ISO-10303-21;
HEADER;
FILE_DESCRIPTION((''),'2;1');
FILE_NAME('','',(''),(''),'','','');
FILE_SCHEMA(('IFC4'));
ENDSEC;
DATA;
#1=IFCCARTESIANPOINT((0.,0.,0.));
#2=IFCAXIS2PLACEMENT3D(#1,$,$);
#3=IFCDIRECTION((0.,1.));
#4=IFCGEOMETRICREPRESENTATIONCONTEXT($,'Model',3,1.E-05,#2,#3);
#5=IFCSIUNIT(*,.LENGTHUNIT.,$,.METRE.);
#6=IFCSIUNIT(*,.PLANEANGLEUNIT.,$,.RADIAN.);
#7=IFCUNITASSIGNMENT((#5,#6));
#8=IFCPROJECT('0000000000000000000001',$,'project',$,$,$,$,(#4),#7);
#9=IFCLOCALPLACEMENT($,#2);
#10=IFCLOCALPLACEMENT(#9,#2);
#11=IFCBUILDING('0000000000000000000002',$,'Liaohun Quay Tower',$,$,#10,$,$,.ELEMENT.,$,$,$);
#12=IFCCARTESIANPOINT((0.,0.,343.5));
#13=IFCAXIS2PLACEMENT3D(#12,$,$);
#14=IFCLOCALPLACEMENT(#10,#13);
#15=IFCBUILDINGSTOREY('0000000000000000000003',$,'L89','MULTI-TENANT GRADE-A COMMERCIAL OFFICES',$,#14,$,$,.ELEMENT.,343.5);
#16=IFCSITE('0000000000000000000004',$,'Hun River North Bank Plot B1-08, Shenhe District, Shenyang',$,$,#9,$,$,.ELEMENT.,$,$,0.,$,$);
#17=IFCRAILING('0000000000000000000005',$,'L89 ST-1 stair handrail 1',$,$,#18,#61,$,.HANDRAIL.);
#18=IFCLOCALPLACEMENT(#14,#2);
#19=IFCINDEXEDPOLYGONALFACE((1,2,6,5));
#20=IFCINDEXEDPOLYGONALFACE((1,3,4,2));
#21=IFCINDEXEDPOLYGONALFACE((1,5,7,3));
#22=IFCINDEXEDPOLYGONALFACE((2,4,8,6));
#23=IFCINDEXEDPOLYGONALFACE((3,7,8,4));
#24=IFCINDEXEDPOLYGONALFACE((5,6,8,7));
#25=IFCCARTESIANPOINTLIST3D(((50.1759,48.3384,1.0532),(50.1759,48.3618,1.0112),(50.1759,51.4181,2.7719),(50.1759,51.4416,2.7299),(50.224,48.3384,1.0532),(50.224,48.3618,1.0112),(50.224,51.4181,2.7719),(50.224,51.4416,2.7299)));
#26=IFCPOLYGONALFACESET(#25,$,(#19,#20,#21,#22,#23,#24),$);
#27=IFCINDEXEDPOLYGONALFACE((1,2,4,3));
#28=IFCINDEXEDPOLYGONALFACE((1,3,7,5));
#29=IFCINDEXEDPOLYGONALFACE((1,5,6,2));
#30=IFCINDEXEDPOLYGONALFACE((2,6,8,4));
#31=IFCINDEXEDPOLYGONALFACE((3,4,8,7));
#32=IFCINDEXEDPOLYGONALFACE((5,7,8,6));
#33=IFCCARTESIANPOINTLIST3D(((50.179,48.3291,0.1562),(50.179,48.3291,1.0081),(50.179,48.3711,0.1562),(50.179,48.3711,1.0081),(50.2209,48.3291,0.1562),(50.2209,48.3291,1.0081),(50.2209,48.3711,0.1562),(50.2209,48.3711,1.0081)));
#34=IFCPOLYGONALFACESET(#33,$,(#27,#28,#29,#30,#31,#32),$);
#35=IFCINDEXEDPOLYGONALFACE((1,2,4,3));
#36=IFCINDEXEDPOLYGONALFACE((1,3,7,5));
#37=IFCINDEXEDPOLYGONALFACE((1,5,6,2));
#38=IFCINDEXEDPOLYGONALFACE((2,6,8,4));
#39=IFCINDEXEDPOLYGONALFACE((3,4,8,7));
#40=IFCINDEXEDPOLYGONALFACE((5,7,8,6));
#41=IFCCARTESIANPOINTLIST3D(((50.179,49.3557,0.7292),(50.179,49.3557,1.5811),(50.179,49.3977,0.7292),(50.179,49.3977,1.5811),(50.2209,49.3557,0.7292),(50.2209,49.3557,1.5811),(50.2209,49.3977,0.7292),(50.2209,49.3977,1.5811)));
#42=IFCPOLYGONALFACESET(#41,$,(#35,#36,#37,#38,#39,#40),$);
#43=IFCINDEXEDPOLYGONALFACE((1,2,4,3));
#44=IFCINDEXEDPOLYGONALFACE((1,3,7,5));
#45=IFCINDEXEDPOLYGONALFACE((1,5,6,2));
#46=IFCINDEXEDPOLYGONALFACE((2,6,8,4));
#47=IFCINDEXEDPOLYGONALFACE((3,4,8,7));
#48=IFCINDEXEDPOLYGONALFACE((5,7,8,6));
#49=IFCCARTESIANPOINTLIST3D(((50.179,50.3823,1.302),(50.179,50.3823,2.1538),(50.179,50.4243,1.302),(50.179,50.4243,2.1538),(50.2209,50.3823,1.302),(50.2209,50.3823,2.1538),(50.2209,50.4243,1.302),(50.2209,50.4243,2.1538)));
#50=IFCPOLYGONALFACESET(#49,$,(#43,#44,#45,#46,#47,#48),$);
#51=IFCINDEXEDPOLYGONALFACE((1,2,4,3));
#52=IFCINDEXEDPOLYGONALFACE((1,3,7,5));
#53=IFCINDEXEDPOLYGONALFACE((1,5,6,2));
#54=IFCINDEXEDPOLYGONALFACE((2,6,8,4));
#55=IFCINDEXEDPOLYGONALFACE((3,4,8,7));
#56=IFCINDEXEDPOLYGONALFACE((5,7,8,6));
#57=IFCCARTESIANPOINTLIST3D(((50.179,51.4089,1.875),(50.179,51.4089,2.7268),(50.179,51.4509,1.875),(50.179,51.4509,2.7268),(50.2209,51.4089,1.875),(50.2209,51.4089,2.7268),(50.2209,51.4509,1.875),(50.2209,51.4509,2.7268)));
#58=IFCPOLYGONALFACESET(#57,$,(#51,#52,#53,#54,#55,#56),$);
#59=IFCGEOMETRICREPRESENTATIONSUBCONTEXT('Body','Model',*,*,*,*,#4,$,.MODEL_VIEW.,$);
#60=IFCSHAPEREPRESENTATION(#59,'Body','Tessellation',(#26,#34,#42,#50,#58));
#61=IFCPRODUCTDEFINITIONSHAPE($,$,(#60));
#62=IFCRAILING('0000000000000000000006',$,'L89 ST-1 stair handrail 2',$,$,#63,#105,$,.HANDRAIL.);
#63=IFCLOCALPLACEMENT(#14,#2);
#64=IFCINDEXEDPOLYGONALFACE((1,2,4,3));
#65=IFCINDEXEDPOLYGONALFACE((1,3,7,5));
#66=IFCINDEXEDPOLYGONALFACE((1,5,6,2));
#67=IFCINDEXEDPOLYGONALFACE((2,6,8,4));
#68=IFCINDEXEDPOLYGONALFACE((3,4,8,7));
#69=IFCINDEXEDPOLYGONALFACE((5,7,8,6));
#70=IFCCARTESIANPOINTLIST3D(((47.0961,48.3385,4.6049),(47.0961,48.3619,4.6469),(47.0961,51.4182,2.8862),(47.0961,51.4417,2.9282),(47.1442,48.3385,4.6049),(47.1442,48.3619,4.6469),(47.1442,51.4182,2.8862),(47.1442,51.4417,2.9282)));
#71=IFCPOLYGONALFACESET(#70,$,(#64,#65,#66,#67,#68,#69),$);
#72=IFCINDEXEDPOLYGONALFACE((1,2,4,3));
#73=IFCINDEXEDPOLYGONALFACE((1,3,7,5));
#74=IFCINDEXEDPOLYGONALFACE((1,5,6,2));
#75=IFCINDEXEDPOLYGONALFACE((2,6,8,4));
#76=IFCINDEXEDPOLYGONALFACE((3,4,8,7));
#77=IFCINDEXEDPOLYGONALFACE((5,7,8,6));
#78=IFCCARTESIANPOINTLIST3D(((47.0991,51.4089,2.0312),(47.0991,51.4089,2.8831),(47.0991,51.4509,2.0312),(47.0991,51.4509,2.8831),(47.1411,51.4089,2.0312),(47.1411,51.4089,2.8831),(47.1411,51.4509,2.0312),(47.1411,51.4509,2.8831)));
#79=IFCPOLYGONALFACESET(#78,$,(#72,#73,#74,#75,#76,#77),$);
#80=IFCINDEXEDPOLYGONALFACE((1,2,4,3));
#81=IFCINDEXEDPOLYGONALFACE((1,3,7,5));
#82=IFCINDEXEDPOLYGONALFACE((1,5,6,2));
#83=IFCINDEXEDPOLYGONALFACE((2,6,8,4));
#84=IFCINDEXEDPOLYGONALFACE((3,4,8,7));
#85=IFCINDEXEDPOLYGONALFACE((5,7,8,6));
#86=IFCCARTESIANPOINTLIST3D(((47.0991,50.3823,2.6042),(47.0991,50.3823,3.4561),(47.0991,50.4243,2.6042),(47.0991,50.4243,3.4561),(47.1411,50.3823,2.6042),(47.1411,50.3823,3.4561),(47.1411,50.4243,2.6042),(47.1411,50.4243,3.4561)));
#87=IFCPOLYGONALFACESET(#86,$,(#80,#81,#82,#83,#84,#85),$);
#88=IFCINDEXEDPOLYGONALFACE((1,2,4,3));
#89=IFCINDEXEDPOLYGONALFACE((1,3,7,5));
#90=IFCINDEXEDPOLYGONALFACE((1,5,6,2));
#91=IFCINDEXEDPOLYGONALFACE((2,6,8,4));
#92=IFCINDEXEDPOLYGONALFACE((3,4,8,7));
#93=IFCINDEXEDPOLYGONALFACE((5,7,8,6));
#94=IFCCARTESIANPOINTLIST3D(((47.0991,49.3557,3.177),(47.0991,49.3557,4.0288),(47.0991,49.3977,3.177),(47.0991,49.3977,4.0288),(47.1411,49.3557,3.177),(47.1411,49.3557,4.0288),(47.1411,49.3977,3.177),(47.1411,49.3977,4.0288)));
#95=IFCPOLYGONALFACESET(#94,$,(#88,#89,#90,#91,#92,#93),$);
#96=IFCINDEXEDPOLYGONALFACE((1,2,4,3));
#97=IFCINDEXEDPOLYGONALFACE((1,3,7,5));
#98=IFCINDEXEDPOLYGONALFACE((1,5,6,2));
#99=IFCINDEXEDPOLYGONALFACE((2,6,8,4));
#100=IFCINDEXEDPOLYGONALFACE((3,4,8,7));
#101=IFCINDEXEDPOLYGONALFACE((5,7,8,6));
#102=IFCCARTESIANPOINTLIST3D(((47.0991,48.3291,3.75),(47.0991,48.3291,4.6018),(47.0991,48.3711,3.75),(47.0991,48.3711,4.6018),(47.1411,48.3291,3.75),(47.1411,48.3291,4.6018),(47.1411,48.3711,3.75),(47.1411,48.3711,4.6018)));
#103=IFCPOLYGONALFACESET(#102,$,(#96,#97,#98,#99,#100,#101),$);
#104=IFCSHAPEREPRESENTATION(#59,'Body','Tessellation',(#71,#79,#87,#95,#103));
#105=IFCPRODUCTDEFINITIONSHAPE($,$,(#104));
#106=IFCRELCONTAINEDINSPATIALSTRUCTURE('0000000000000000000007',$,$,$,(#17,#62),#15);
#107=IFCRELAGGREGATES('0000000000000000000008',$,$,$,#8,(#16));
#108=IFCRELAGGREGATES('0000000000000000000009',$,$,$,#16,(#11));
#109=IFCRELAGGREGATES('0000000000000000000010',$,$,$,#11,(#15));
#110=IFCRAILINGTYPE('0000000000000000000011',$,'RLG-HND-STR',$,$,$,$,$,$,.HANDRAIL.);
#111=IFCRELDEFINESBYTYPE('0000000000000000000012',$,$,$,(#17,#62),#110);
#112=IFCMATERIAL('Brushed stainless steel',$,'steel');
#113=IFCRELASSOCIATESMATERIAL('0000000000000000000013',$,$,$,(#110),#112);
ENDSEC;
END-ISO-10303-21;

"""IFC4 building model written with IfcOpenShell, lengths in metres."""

from ifc_helpers import new_model, si_unit, direction, frame, origin, origin_2d, place, context, subcontext, project, spatial, rectangle, extrude, material, type_object, element, save


model = new_model("IFC4")

# Units and contexts
model_context = context("Model", 3, precision=1e-05, world=origin(), true_north=direction((0.0, 1.0)))
body_context = subcontext(model_context, "Body", "Model", "MODEL_VIEW")
ifc_project = project(units=[si_unit("LENGTHUNIT", "METRE"), si_unit("PLANEANGLEUNIT", "RADIAN")], contexts=[model_context])

# Site, building, storey
site_placement = place(None, origin())
site = spatial("IfcSite", under=ifc_project, at=site_placement, Name="Hun River North Bank Plot B1-08, Shenhe District, Shenyang", CompositionType="ELEMENT", RefElevation=0.0)
building_placement = place(site_placement, origin())
building = spatial("IfcBuilding", under=site, at=building_placement, Name="Liaohun Quay Tower", CompositionType="ELEMENT")
storey_placement = place(building_placement, frame((0.0, 0.0, 343.5)))
storey = spatial("IfcBuildingStorey", under=building, at=storey_placement, Name="L89", Description="MULTI-TENANT GRADE-A COMMERCIAL OFFICES", CompositionType="ELEMENT", Elevation=343.5)

# Railings
ifc_material_1 = material(Name="Brushed stainless steel", Category="steel")
railing_type_1 = type_object("IfcRailingType", Name="RLG-HND-STR", PredefinedType="HANDRAIL", material=ifc_material_1)
railing_1_placement = place(storey_placement, frame((50.2, 48.3501, 0.1562)))
element("IfcRailing", 1, at=railing_1_placement, inside=storey, type_object=railing_type_1, Name="L89 ST-1 stair handrail 1", PredefinedType="HANDRAIL", context=body_context, shape_type="SweptSolid", body=[
    extrude(rectangle(XDim=0.0481, YDim=0.0481, at=origin_2d()), frame((0.0, 0.0, 0.876), z_axis=(0.0, 0.873225, 0.487317), x_axis=(-1.0, 0.0, 0.0)), (0.0, 0.0, 1.0), 3.5269),
    extrude(rectangle(XDim=0.042, YDim=0.042, at=origin_2d()), origin(), (0.0, 0.0, 1.0), 0.8518),
    extrude(rectangle(XDim=0.042, YDim=0.042, at=origin_2d()), frame((0.0, 1.0266, 0.573)), (0.0, 0.0, 1.0), 0.8518),
    extrude(rectangle(XDim=0.042, YDim=0.042, at=origin_2d()), frame((0.0, 2.0532, 1.1458)), (0.0, 0.0, 1.0), 0.8518),
    extrude(rectangle(XDim=0.042, YDim=0.042, at=origin_2d()), frame((0.0, 3.0798, 1.7188)), (0.0, 0.0, 1.0), 0.8518),
])
railing_2_placement = place(storey_placement, frame((47.1201, 51.4299, 2.0312)))
element("IfcRailing", 2, at=railing_2_placement, inside=storey, type_object=railing_type_1, Name="L89 ST-1 stair handrail 2", PredefinedType="HANDRAIL", context=body_context, shape_type="SweptSolid", body=[
    extrude(rectangle(XDim=0.0481, YDim=0.0481, at=origin_2d()), frame((0.0, 0.0, 0.876), z_axis=(0.0, -0.873225, 0.487317), x_axis=(1.0, 0.0, 0.0)), (0.0, 0.0, 1.0), 3.5269),
    extrude(rectangle(XDim=0.042, YDim=0.042, at=origin_2d()), origin(), (0.0, 0.0, 1.0), 0.8518),
    extrude(rectangle(XDim=0.042, YDim=0.042, at=origin_2d()), frame((0.0, -1.0266, 0.573)), (0.0, 0.0, 1.0), 0.8518),
    extrude(rectangle(XDim=0.042, YDim=0.042, at=origin_2d()), frame((0.0, -2.0532, 1.1458)), (0.0, 0.0, 1.0), 0.8518),
    extrude(rectangle(XDim=0.042, YDim=0.042, at=origin_2d()), frame((0.0, -3.0798, 1.7188)), (0.0, 0.0, 1.0), 0.8518),
])

save(model, "model.ifc")
